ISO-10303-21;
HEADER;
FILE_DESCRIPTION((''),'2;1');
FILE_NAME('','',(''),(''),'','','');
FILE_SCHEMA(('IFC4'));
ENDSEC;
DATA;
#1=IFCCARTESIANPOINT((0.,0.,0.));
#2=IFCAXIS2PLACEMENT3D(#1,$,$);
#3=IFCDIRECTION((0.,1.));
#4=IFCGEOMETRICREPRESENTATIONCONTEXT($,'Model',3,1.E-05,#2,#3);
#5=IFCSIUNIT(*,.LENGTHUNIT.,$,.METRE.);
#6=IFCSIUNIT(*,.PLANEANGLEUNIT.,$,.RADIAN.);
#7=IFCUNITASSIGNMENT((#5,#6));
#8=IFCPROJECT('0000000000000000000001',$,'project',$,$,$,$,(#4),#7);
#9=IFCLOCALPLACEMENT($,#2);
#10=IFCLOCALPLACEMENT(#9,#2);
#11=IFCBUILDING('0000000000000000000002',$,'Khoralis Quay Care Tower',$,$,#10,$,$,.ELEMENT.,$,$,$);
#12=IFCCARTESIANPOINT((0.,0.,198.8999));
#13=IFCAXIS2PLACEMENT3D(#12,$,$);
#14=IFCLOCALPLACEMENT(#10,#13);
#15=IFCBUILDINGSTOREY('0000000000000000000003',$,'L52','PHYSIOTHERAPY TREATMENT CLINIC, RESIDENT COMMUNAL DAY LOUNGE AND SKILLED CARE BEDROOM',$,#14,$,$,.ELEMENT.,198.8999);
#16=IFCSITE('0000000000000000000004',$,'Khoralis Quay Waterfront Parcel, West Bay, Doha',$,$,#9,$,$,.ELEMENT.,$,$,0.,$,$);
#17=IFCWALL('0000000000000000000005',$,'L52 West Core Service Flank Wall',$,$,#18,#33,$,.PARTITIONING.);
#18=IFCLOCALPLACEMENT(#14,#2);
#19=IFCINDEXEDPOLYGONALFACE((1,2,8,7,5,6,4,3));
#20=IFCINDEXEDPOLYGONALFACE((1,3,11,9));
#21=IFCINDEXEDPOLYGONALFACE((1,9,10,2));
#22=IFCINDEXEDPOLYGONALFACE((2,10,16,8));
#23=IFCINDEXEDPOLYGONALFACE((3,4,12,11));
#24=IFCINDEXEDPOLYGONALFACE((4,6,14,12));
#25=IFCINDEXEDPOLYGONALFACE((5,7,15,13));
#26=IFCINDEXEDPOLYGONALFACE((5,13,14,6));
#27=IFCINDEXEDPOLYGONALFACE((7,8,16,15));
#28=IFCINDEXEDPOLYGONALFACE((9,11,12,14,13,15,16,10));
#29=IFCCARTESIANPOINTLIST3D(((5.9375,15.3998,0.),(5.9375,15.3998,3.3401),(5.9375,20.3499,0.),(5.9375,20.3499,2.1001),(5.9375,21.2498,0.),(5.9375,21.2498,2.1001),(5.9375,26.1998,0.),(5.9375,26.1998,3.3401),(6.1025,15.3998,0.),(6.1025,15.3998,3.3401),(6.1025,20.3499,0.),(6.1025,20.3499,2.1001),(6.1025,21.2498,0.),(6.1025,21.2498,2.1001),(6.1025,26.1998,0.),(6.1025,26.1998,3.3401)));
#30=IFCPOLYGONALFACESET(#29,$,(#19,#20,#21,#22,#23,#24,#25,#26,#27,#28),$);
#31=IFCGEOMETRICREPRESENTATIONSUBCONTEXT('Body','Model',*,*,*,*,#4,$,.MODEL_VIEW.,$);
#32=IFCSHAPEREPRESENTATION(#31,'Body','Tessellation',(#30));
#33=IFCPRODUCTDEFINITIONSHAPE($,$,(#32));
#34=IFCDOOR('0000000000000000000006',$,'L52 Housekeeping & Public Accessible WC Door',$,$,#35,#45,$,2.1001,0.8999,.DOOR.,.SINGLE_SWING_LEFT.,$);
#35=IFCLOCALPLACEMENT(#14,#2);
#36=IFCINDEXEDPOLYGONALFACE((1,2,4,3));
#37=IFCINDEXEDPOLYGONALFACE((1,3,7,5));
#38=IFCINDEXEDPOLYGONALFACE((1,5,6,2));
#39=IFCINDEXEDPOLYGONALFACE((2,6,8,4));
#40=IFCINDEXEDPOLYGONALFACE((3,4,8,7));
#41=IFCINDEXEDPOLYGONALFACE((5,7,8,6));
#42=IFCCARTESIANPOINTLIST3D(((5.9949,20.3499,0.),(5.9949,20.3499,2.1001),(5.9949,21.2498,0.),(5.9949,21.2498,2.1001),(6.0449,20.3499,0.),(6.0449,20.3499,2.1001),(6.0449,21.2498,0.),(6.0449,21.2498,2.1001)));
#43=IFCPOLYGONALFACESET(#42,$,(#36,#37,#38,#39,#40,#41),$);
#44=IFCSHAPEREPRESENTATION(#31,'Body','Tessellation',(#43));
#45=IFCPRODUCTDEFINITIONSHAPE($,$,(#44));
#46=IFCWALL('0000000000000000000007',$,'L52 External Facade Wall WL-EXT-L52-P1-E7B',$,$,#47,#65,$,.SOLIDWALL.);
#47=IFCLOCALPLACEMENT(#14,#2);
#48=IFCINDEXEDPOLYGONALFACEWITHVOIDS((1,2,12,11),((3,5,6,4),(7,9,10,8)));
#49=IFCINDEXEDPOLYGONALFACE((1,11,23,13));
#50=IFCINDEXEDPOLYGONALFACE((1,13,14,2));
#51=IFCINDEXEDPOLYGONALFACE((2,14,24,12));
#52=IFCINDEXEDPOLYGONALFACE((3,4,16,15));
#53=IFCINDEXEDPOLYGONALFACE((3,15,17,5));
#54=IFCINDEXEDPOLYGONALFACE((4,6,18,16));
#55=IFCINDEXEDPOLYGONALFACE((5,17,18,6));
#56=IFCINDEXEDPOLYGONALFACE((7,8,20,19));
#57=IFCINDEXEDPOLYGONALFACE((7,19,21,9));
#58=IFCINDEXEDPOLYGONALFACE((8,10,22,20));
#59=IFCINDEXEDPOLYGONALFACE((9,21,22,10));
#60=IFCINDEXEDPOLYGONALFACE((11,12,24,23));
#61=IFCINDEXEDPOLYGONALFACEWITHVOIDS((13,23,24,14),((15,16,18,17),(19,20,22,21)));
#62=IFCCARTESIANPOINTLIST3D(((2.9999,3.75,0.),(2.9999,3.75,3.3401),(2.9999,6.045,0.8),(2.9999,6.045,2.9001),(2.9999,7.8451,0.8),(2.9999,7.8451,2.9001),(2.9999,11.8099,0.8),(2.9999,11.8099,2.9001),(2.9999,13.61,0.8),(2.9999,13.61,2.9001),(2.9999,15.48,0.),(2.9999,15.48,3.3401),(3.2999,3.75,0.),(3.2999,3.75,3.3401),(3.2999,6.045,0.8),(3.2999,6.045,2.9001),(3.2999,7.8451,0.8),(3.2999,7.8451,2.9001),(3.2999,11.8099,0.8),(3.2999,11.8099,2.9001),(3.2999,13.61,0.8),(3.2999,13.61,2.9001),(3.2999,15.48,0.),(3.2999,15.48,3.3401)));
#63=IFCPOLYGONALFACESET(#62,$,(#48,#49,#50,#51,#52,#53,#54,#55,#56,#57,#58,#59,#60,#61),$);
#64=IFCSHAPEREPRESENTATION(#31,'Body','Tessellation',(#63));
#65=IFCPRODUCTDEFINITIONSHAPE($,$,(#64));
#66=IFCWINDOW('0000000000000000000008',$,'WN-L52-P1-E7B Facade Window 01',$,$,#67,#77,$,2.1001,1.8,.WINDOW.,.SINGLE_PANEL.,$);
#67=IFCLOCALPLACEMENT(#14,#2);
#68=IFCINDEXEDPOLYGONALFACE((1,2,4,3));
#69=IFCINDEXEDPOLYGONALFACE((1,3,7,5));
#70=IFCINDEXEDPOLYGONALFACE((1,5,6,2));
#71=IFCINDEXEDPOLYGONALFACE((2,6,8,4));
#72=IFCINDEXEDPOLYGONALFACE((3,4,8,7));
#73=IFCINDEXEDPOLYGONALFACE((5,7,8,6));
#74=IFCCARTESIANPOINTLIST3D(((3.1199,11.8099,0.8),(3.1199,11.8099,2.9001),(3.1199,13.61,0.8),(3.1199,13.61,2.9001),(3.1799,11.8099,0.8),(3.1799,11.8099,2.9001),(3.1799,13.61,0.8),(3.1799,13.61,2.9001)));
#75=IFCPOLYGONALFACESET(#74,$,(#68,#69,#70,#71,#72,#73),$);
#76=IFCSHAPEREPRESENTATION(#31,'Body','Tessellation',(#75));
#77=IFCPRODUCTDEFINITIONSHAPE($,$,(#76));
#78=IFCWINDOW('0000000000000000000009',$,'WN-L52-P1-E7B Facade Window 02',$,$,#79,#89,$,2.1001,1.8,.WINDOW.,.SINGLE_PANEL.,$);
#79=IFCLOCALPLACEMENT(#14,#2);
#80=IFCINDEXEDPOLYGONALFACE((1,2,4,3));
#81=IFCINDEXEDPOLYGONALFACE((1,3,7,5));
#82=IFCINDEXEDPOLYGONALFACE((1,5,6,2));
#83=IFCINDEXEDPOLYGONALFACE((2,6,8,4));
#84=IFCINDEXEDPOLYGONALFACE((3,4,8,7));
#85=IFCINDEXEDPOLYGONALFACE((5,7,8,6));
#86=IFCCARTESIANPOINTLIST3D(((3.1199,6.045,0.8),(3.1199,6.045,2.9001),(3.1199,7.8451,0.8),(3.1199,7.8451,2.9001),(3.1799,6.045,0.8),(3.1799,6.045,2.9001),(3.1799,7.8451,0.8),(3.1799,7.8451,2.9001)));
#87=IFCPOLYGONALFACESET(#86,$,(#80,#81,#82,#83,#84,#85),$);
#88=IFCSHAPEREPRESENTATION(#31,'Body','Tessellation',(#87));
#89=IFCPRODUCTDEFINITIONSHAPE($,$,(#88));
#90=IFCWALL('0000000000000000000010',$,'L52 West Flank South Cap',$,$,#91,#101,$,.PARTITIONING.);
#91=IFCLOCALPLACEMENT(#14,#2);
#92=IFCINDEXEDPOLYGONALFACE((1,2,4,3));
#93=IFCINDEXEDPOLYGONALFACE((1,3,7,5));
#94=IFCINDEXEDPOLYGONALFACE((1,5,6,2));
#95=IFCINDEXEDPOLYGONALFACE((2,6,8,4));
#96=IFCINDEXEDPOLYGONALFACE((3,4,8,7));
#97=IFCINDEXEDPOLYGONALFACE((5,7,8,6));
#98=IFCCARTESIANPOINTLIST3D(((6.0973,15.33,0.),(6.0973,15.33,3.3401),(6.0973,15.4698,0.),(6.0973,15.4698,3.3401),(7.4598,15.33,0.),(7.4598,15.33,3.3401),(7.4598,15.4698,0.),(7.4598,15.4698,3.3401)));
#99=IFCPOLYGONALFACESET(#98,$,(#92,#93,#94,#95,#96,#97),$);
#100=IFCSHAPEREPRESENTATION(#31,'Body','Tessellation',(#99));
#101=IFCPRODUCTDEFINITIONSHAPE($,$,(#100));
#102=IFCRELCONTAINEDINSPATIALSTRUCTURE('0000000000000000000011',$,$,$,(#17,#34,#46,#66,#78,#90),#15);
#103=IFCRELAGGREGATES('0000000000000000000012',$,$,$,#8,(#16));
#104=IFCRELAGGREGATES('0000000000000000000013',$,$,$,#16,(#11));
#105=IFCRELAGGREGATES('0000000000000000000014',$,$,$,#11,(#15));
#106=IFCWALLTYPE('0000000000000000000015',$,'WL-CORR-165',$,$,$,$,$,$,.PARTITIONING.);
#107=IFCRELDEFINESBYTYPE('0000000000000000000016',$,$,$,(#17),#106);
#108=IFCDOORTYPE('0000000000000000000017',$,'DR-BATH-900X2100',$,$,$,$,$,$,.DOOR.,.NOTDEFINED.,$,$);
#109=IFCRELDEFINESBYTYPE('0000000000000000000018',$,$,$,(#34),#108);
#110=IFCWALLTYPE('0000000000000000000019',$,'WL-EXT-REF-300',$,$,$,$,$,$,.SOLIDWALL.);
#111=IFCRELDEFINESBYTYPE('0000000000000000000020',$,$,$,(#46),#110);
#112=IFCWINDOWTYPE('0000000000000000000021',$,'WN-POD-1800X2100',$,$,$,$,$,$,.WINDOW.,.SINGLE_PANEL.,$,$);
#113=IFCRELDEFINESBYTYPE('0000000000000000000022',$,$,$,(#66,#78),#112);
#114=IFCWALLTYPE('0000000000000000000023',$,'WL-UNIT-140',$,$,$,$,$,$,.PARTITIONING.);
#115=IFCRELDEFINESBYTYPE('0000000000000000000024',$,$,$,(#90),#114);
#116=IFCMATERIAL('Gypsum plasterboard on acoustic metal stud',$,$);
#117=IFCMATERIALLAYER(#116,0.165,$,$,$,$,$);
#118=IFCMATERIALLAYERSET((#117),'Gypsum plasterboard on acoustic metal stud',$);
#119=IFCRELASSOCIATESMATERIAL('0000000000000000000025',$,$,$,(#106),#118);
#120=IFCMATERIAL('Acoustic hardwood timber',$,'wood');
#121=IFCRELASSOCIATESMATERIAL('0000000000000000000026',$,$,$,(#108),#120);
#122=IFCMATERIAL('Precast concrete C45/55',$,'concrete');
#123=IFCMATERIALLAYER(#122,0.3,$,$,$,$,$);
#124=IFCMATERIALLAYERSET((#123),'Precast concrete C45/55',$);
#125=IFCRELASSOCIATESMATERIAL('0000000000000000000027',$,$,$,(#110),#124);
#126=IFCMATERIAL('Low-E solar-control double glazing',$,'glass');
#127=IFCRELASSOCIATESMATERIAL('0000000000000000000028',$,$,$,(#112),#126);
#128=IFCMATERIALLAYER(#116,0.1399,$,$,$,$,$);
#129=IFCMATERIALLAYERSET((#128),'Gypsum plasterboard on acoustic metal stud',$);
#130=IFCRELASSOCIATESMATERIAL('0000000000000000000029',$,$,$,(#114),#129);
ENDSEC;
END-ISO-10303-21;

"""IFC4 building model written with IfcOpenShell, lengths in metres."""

from ifc_helpers import new_model, si_unit, direction, frame, frame_2d, origin, place, context, subcontext, project, spatial, rectangle, extrude, source, transform, mapped, material, layer, layer_set, type_object, element, fill, save


model = new_model("IFC4")

# Units and contexts
model_context = context("Model", 3, precision=1e-05, world=origin(), true_north=direction((0.0, 1.0)))
body_context = subcontext(model_context, "Body", "Model", "MODEL_VIEW")
ifc_project = project(units=[si_unit("LENGTHUNIT", "METRE"), si_unit("PLANEANGLEUNIT", "RADIAN")], contexts=[model_context])

# Site, building, storey
site_placement = place(None, origin())
site = spatial("IfcSite", under=ifc_project, at=site_placement, Name="Khoralis Quay Waterfront Parcel, West Bay, Doha", CompositionType="ELEMENT", RefElevation=0.0)
building_placement = place(site_placement, origin())
building = spatial("IfcBuilding", under=site, at=building_placement, Name="Khoralis Quay Care Tower", CompositionType="ELEMENT")
storey_placement = place(building_placement, frame((0.0, 0.0, 198.8999)))
storey = spatial("IfcBuildingStorey", under=building, at=storey_placement, Name="L52", Description="PHYSIOTHERAPY TREATMENT CLINIC, RESIDENT COMMUNAL DAY LOUNGE AND SKILLED CARE BEDROOM", CompositionType="ELEMENT", Elevation=198.8999)

# Shared definitions
ifc_material_1 = material(Name="Low-E solar-control double glazing", Category="glass")

# Wall, opening, door
ifc_material_2 = material(Name="Gypsum plasterboard on acoustic metal stud")
ifc_layer_1 = layer(ifc_material_2, 0.165)
ifc_layer_set_1 = layer_set([ifc_layer_1], Name="Gypsum plasterboard on acoustic metal stud")
wall_type_1 = type_object("IfcWallType", Name="WL-CORR-165", PredefinedType="PARTITIONING", material=ifc_layer_set_1)
wall_1_placement = place(storey_placement, frame((6.02, 15.3999, 0.0), z_axis=(0.0, 0.0, 1.0), x_axis=(0.0, 1.0, 0.0)))
wall_1 = element("IfcWall", 1, at=wall_1_placement, inside=storey, type_object=wall_type_1, Name="L52 West Core Service Flank Wall", PredefinedType="PARTITIONING", context=body_context, shape_type="SweptSolid", body=[
    extrude(rectangle(XDim=10.8, YDim=0.165, at=frame_2d((5.3999, 0.0))), origin(), (0.0, 0.0, 1.0), 3.3401),
])
opening_1_placement = place(wall_1_placement, frame((4.95, 0.0, 0.0)))
opening_1 = element("IfcOpeningElement", 2, at=opening_1_placement, cuts=wall_1, PredefinedType="OPENING", context=body_context, shape_type="SweptSolid", body=[
    extrude(rectangle(XDim=0.8999, YDim=2.1001, at=frame_2d((0.45, 1.05))), frame((0.0, 0.0925, 0.0), z_axis=(0.0, -1.0, 0.0), x_axis=(1.0, 0.0, 0.0)), (0.0, 0.0, 1.0), 0.1851),
])
ifc_material_3 = material(Name="Acoustic hardwood timber", Category="wood")
door_type_1 = type_object("IfcDoorType", Name="DR-BATH-900X2100", OperationType="NOTDEFINED", PredefinedType="DOOR", material=ifc_material_3)
shared_shape_1 = source(origin(), body_context, "Body", "SweptSolid", [
    extrude(rectangle(XDim=0.8999, YDim=2.1001, at=frame_2d((0.45, 1.05))), frame((0.0, 0.0249, 0.0), z_axis=(0.0, -1.0, 0.0), x_axis=(1.0, 0.0, 0.0)), (0.0, 0.0, 1.0), 0.05),
])
door_1_placement = place(opening_1_placement, frame((0.8999, 0.0, 0.0), z_axis=(0.0, 0.0, 1.0), x_axis=(-1.0, 0.0, 0.0)))
door_1 = element("IfcDoor", 3, at=door_1_placement, inside=storey, type_object=door_type_1, Name="L52 Housekeeping & Public Accessible WC Door", OperationType="SINGLE_SWING_LEFT", OverallHeight=2.1001, OverallWidth=0.8999, PredefinedType="DOOR", context=body_context, shape_type="MappedRepresentation", body=[
    mapped(shared_shape_1, transform((0.0, 0.0, 0.0), scale=1.0)),
])
fill(opening_1, door_1)

# Wall, openings, windows
ifc_material_4 = material(Name="Precast concrete C45/55", Category="concrete")
ifc_layer_2 = layer(ifc_material_4, 0.3)
ifc_layer_set_2 = layer_set([ifc_layer_2], Name="Precast concrete C45/55")
wall_type_2 = type_object("IfcWallType", Name="WL-EXT-REF-300", PredefinedType="SOLIDWALL", material=ifc_layer_set_2)
wall_2_placement = place(storey_placement, frame((3.1499, 15.48, 0.0), z_axis=(0.0, 0.0, 1.0), x_axis=(0.0, -1.0, 0.0)))
wall_2 = element("IfcWall", 4, at=wall_2_placement, inside=storey, type_object=wall_type_2, Name="L52 External Facade Wall WL-EXT-L52-P1-E7B", PredefinedType="SOLIDWALL", context=body_context, shape_type="SweptSolid", body=[
    extrude(rectangle(XDim=11.73, YDim=0.3, at=frame_2d((5.865, 0.0))), origin(), (0.0, 0.0, 1.0), 3.3401),
])
opening_2_placement = place(wall_2_placement, frame((1.8701, 0.0, 0.8)))
opening_2 = element("IfcOpeningElement", 5, at=opening_2_placement, cuts=wall_2, PredefinedType="OPENING", context=body_context, shape_type="SweptSolid", body=[
    extrude(rectangle(XDim=1.8, YDim=2.1001, at=frame_2d((0.8999, 1.05))), frame((0.0, 0.1602, 0.0), z_axis=(0.0, -1.0, 0.0), x_axis=(1.0, 0.0, 0.0)), (0.0, 0.0, 1.0), 0.3201),
])
opening_3_placement = place(wall_2_placement, frame((7.635, 0.0, 0.8)))
opening_3 = element("IfcOpeningElement", 6, at=opening_3_placement, cuts=wall_2, PredefinedType="OPENING", context=body_context, shape_type="SweptSolid", body=[
    extrude(rectangle(XDim=1.8, YDim=2.1001, at=frame_2d((0.8999, 1.05))), frame((0.0, 0.1602, 0.0), z_axis=(0.0, -1.0, 0.0), x_axis=(1.0, 0.0, 0.0)), (0.0, 0.0, 1.0), 0.3201),
])
window_type = type_object("IfcWindowType", Name="WN-POD-1800X2100", PartitioningType="SINGLE_PANEL", PredefinedType="WINDOW", material=ifc_material_1)
shared_shape_2 = source(origin(), body_context, "Body", "SweptSolid", [
    extrude(rectangle(XDim=1.8, YDim=2.1001, at=frame_2d((0.8999, 1.05))), frame((0.0, 0.03, 0.0), z_axis=(0.0, -1.0, 0.0), x_axis=(1.0, 0.0, 0.0)), (0.0, 0.0, 1.0), 0.0601),
])
window_1_placement = place(opening_2_placement, origin())
window_1 = element("IfcWindow", 7, at=window_1_placement, inside=storey, type_object=window_type, Name="WN-L52-P1-E7B Facade Window 01", OverallHeight=2.1001, OverallWidth=1.8, PartitioningType="SINGLE_PANEL", PredefinedType="WINDOW", context=body_context, shape_type="MappedRepresentation", body=[
    mapped(shared_shape_2, transform((0.0, 0.0, 0.0), scale=1.0)),
])
fill(opening_2, window_1)
window_2_placement = place(opening_3_placement, origin())
window_2 = element("IfcWindow", 8, at=window_2_placement, inside=storey, type_object=window_type, Name="WN-L52-P1-E7B Facade Window 02", OverallHeight=2.1001, OverallWidth=1.8, PartitioningType="SINGLE_PANEL", PredefinedType="WINDOW", context=body_context, shape_type="MappedRepresentation", body=[
    mapped(shared_shape_2, transform((0.0, 0.0, 0.0), scale=1.0)),
])
fill(opening_3, window_2)

# Wall
ifc_layer_3 = layer(ifc_material_2, 0.1399)
ifc_layer_set_3 = layer_set([ifc_layer_3], Name="Gypsum plasterboard on acoustic metal stud")
wall_type_3 = type_object("IfcWallType", Name="WL-UNIT-140", PredefinedType="PARTITIONING", material=ifc_layer_set_3)
wall_3_placement = place(storey_placement, frame((6.0974, 15.3999, 0.0), z_axis=(0.0, 0.0, 1.0), x_axis=(1.0, 0.0, 0.0)))
element("IfcWall", 9, at=wall_3_placement, inside=storey, type_object=wall_type_3, Name="L52 West Flank South Cap", PredefinedType="PARTITIONING", context=body_context, shape_type="SweptSolid", body=[
    extrude(rectangle(XDim=1.3625, YDim=0.1399, at=frame_2d((0.6812, 0.0))), origin(), (0.0, 0.0, 1.0), 3.3401),
])

save(model, "model.ifc")
